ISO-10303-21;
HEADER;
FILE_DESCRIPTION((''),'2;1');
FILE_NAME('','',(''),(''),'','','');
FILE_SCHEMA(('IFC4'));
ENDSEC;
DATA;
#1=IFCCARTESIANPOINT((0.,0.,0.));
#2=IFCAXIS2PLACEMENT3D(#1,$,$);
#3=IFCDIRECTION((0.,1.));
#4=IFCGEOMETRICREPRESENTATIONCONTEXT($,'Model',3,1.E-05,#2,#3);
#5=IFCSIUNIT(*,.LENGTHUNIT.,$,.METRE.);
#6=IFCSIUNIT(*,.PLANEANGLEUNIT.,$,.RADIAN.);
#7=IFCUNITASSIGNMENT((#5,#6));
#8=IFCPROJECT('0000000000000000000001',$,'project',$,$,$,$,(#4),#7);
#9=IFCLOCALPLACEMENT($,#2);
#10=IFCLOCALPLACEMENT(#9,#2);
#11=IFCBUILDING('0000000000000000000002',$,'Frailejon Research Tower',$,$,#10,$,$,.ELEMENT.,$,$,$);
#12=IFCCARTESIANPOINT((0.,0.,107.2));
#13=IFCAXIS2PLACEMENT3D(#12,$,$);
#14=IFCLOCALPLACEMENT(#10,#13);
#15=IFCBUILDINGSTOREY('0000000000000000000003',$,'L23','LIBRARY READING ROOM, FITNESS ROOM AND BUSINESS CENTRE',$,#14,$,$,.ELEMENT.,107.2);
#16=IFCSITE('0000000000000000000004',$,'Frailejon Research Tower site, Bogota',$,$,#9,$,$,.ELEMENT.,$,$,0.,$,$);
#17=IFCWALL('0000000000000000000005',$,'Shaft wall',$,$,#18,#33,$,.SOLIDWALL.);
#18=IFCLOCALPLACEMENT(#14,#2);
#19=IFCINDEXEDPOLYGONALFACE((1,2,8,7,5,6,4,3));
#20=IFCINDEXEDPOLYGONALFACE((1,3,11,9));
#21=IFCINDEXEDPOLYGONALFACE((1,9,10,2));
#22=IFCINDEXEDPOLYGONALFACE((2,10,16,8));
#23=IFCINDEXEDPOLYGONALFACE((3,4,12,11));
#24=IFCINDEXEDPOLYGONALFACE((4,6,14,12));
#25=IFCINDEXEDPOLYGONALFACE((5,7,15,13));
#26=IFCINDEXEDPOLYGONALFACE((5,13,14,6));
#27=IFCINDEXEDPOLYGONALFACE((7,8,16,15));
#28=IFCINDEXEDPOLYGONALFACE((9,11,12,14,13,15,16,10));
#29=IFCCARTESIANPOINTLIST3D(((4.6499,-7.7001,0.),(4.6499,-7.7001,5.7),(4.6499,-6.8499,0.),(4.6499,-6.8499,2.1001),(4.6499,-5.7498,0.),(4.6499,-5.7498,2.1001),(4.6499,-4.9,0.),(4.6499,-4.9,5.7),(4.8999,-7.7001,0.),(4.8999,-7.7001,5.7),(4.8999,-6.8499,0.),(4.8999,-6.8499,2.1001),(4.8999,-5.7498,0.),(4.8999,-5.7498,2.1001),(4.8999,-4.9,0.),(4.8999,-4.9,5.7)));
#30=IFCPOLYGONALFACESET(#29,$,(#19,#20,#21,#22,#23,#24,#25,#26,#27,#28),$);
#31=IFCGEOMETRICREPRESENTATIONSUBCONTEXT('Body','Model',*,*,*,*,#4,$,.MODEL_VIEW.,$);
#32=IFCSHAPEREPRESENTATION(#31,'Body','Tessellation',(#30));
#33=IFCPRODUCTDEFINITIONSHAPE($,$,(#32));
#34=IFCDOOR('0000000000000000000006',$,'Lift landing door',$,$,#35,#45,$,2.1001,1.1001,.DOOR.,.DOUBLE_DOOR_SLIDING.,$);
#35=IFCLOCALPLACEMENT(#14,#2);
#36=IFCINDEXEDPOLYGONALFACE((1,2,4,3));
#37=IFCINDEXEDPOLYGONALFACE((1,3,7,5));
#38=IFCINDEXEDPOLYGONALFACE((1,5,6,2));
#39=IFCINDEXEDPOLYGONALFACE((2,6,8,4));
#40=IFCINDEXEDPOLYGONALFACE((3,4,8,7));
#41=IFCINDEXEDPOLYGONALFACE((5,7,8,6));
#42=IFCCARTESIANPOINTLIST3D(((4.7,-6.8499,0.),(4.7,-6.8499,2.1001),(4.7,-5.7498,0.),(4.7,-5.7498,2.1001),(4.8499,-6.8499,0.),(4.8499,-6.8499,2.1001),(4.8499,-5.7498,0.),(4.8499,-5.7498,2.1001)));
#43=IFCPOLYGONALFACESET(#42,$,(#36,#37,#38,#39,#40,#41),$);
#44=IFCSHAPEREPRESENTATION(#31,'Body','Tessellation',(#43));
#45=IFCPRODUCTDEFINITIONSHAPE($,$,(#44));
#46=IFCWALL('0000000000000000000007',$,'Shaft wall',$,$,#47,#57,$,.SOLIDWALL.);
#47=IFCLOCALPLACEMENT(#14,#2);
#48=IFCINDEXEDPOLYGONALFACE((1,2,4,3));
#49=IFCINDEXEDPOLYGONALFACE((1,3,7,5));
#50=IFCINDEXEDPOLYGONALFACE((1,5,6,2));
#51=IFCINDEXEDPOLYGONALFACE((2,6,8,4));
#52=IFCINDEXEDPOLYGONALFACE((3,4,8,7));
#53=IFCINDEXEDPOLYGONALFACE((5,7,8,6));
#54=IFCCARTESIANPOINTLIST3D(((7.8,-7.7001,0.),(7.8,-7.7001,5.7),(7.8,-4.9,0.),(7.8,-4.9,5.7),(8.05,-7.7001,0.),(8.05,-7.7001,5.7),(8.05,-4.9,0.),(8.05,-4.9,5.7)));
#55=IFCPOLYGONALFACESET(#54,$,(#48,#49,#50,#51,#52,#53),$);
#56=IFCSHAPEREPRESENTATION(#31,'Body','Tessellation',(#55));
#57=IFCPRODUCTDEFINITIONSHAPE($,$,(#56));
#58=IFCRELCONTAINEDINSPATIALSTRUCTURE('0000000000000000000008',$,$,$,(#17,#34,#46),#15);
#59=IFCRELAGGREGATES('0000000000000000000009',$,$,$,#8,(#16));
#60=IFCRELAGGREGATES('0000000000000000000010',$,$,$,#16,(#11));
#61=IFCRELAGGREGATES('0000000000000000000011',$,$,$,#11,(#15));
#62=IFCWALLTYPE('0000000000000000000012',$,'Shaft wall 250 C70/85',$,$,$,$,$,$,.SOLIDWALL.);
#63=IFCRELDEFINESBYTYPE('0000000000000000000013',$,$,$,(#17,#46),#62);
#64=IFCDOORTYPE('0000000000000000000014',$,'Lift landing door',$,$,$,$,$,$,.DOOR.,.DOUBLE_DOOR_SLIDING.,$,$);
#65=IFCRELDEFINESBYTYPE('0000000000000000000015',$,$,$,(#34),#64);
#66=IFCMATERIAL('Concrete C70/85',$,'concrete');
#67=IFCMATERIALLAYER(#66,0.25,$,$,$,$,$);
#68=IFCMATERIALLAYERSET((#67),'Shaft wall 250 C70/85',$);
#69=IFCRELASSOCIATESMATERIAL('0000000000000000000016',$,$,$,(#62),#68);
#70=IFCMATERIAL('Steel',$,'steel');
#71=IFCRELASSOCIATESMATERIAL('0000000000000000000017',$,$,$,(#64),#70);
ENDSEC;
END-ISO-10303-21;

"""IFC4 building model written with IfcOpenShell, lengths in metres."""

from ifc_helpers import new_model, si_unit, direction, frame, frame_2d, origin, place, context, subcontext, project, spatial, rectangle, extrude, material, layer, layer_set, type_object, element, fill, save


model = new_model("IFC4")

# Units and contexts
model_context = context("Model", 3, precision=1e-05, world=origin(), true_north=direction((0.0, 1.0)))
body_context = subcontext(model_context, "Body", "Model", "MODEL_VIEW")
ifc_project = project(units=[si_unit("LENGTHUNIT", "METRE"), si_unit("PLANEANGLEUNIT", "RADIAN")], contexts=[model_context])

# Site, building, storey
site_placement = place(None, origin())
site = spatial("IfcSite", under=ifc_project, at=site_placement, Name="Frailejon Research Tower site, Bogota", CompositionType="ELEMENT", RefElevation=0.0)
building_placement = place(site_placement, origin())
building = spatial("IfcBuilding", under=site, at=building_placement, Name="Frailejon Research Tower", CompositionType="ELEMENT")
storey_placement = place(building_placement, frame((0.0, 0.0, 107.2)))
storey = spatial("IfcBuildingStorey", under=building, at=storey_placement, Name="L23", Description="LIBRARY READING ROOM, FITNESS ROOM AND BUSINESS CENTRE", CompositionType="ELEMENT", Elevation=107.2)

# Wall, opening, door
ifc_material_1 = material(Name="Concrete C70/85", Category="concrete")
ifc_layer_1 = layer(ifc_material_1, 0.25)
ifc_layer_set_1 = layer_set([ifc_layer_1], Name="Shaft wall 250 C70/85")
wall_type_1 = type_object("IfcWallType", Name="Shaft wall 250 C70/85", PredefinedType="SOLIDWALL", material=ifc_layer_set_1)
wall_1_placement = place(storey_placement, frame((4.7749, -7.7, 0.0), z_axis=(0.0, 0.0, 1.0), x_axis=(0.0, 1.0, 0.0)))
wall_1 = element("IfcWall", 1, at=wall_1_placement, inside=storey, type_object=wall_type_1, Name="Shaft wall", PredefinedType="SOLIDWALL", context=body_context, shape_type="SweptSolid", body=[
    extrude(rectangle(XDim=2.8, YDim=0.25, at=frame_2d((1.3999, 0.0))), origin(), (0.0, 0.0, 1.0), 5.7),
])
opening_1_placement = place(wall_1_placement, frame((0.8501, 0.0, 0.0)))
opening_1 = element("IfcOpeningElement", 2, at=opening_1_placement, cuts=wall_1, PredefinedType="OPENING", context=body_context, shape_type="SweptSolid", body=[
    extrude(rectangle(XDim=1.1001, YDim=2.1001, at=frame_2d((0.55, 1.05))), frame((0.0, 0.135, 0.0), z_axis=(0.0, -1.0, 0.0), x_axis=(1.0, 0.0, 0.0)), (0.0, 0.0, 1.0), 0.27),
])
ifc_material_2 = material(Name="Steel", Category="steel")
door_type_1 = type_object("IfcDoorType", Name="Lift landing door", OperationType="DOUBLE_DOOR_SLIDING", PredefinedType="DOOR", material=ifc_material_2)
door_1_placement = place(opening_1_placement, origin())
door_1 = element("IfcDoor", 3, at=door_1_placement, inside=storey, type_object=door_type_1, Name="Lift landing door", OperationType="DOUBLE_DOOR_SLIDING", OverallHeight=2.1001, OverallWidth=1.1001, PredefinedType="DOOR", context=body_context, shape_type="SweptSolid", body=[
    extrude(rectangle(XDim=1.1001, YDim=2.1001, at=frame_2d((0.55, 1.05))), frame((0.0, 0.075, 0.0), z_axis=(0.0, -1.0, 0.0), x_axis=(1.0, 0.0, 0.0)), (0.0, 0.0, 1.0), 0.1499),
])
fill(opening_1, door_1)

# Wall
wall_2_placement = place(storey_placement, frame((7.925, -7.7, 0.0), z_axis=(0.0, 0.0, 1.0), x_axis=(0.0, 1.0, 0.0)))
element("IfcWall", 4, at=wall_2_placement, inside=storey, type_object=wall_type_1, Name="Shaft wall", PredefinedType="SOLIDWALL", context=body_context, shape_type="SweptSolid", body=[
    extrude(rectangle(XDim=2.8, YDim=0.25, at=frame_2d((1.3999, 0.0))), origin(), (0.0, 0.0, 1.0), 5.7),
])

save(model, "model.ifc")
